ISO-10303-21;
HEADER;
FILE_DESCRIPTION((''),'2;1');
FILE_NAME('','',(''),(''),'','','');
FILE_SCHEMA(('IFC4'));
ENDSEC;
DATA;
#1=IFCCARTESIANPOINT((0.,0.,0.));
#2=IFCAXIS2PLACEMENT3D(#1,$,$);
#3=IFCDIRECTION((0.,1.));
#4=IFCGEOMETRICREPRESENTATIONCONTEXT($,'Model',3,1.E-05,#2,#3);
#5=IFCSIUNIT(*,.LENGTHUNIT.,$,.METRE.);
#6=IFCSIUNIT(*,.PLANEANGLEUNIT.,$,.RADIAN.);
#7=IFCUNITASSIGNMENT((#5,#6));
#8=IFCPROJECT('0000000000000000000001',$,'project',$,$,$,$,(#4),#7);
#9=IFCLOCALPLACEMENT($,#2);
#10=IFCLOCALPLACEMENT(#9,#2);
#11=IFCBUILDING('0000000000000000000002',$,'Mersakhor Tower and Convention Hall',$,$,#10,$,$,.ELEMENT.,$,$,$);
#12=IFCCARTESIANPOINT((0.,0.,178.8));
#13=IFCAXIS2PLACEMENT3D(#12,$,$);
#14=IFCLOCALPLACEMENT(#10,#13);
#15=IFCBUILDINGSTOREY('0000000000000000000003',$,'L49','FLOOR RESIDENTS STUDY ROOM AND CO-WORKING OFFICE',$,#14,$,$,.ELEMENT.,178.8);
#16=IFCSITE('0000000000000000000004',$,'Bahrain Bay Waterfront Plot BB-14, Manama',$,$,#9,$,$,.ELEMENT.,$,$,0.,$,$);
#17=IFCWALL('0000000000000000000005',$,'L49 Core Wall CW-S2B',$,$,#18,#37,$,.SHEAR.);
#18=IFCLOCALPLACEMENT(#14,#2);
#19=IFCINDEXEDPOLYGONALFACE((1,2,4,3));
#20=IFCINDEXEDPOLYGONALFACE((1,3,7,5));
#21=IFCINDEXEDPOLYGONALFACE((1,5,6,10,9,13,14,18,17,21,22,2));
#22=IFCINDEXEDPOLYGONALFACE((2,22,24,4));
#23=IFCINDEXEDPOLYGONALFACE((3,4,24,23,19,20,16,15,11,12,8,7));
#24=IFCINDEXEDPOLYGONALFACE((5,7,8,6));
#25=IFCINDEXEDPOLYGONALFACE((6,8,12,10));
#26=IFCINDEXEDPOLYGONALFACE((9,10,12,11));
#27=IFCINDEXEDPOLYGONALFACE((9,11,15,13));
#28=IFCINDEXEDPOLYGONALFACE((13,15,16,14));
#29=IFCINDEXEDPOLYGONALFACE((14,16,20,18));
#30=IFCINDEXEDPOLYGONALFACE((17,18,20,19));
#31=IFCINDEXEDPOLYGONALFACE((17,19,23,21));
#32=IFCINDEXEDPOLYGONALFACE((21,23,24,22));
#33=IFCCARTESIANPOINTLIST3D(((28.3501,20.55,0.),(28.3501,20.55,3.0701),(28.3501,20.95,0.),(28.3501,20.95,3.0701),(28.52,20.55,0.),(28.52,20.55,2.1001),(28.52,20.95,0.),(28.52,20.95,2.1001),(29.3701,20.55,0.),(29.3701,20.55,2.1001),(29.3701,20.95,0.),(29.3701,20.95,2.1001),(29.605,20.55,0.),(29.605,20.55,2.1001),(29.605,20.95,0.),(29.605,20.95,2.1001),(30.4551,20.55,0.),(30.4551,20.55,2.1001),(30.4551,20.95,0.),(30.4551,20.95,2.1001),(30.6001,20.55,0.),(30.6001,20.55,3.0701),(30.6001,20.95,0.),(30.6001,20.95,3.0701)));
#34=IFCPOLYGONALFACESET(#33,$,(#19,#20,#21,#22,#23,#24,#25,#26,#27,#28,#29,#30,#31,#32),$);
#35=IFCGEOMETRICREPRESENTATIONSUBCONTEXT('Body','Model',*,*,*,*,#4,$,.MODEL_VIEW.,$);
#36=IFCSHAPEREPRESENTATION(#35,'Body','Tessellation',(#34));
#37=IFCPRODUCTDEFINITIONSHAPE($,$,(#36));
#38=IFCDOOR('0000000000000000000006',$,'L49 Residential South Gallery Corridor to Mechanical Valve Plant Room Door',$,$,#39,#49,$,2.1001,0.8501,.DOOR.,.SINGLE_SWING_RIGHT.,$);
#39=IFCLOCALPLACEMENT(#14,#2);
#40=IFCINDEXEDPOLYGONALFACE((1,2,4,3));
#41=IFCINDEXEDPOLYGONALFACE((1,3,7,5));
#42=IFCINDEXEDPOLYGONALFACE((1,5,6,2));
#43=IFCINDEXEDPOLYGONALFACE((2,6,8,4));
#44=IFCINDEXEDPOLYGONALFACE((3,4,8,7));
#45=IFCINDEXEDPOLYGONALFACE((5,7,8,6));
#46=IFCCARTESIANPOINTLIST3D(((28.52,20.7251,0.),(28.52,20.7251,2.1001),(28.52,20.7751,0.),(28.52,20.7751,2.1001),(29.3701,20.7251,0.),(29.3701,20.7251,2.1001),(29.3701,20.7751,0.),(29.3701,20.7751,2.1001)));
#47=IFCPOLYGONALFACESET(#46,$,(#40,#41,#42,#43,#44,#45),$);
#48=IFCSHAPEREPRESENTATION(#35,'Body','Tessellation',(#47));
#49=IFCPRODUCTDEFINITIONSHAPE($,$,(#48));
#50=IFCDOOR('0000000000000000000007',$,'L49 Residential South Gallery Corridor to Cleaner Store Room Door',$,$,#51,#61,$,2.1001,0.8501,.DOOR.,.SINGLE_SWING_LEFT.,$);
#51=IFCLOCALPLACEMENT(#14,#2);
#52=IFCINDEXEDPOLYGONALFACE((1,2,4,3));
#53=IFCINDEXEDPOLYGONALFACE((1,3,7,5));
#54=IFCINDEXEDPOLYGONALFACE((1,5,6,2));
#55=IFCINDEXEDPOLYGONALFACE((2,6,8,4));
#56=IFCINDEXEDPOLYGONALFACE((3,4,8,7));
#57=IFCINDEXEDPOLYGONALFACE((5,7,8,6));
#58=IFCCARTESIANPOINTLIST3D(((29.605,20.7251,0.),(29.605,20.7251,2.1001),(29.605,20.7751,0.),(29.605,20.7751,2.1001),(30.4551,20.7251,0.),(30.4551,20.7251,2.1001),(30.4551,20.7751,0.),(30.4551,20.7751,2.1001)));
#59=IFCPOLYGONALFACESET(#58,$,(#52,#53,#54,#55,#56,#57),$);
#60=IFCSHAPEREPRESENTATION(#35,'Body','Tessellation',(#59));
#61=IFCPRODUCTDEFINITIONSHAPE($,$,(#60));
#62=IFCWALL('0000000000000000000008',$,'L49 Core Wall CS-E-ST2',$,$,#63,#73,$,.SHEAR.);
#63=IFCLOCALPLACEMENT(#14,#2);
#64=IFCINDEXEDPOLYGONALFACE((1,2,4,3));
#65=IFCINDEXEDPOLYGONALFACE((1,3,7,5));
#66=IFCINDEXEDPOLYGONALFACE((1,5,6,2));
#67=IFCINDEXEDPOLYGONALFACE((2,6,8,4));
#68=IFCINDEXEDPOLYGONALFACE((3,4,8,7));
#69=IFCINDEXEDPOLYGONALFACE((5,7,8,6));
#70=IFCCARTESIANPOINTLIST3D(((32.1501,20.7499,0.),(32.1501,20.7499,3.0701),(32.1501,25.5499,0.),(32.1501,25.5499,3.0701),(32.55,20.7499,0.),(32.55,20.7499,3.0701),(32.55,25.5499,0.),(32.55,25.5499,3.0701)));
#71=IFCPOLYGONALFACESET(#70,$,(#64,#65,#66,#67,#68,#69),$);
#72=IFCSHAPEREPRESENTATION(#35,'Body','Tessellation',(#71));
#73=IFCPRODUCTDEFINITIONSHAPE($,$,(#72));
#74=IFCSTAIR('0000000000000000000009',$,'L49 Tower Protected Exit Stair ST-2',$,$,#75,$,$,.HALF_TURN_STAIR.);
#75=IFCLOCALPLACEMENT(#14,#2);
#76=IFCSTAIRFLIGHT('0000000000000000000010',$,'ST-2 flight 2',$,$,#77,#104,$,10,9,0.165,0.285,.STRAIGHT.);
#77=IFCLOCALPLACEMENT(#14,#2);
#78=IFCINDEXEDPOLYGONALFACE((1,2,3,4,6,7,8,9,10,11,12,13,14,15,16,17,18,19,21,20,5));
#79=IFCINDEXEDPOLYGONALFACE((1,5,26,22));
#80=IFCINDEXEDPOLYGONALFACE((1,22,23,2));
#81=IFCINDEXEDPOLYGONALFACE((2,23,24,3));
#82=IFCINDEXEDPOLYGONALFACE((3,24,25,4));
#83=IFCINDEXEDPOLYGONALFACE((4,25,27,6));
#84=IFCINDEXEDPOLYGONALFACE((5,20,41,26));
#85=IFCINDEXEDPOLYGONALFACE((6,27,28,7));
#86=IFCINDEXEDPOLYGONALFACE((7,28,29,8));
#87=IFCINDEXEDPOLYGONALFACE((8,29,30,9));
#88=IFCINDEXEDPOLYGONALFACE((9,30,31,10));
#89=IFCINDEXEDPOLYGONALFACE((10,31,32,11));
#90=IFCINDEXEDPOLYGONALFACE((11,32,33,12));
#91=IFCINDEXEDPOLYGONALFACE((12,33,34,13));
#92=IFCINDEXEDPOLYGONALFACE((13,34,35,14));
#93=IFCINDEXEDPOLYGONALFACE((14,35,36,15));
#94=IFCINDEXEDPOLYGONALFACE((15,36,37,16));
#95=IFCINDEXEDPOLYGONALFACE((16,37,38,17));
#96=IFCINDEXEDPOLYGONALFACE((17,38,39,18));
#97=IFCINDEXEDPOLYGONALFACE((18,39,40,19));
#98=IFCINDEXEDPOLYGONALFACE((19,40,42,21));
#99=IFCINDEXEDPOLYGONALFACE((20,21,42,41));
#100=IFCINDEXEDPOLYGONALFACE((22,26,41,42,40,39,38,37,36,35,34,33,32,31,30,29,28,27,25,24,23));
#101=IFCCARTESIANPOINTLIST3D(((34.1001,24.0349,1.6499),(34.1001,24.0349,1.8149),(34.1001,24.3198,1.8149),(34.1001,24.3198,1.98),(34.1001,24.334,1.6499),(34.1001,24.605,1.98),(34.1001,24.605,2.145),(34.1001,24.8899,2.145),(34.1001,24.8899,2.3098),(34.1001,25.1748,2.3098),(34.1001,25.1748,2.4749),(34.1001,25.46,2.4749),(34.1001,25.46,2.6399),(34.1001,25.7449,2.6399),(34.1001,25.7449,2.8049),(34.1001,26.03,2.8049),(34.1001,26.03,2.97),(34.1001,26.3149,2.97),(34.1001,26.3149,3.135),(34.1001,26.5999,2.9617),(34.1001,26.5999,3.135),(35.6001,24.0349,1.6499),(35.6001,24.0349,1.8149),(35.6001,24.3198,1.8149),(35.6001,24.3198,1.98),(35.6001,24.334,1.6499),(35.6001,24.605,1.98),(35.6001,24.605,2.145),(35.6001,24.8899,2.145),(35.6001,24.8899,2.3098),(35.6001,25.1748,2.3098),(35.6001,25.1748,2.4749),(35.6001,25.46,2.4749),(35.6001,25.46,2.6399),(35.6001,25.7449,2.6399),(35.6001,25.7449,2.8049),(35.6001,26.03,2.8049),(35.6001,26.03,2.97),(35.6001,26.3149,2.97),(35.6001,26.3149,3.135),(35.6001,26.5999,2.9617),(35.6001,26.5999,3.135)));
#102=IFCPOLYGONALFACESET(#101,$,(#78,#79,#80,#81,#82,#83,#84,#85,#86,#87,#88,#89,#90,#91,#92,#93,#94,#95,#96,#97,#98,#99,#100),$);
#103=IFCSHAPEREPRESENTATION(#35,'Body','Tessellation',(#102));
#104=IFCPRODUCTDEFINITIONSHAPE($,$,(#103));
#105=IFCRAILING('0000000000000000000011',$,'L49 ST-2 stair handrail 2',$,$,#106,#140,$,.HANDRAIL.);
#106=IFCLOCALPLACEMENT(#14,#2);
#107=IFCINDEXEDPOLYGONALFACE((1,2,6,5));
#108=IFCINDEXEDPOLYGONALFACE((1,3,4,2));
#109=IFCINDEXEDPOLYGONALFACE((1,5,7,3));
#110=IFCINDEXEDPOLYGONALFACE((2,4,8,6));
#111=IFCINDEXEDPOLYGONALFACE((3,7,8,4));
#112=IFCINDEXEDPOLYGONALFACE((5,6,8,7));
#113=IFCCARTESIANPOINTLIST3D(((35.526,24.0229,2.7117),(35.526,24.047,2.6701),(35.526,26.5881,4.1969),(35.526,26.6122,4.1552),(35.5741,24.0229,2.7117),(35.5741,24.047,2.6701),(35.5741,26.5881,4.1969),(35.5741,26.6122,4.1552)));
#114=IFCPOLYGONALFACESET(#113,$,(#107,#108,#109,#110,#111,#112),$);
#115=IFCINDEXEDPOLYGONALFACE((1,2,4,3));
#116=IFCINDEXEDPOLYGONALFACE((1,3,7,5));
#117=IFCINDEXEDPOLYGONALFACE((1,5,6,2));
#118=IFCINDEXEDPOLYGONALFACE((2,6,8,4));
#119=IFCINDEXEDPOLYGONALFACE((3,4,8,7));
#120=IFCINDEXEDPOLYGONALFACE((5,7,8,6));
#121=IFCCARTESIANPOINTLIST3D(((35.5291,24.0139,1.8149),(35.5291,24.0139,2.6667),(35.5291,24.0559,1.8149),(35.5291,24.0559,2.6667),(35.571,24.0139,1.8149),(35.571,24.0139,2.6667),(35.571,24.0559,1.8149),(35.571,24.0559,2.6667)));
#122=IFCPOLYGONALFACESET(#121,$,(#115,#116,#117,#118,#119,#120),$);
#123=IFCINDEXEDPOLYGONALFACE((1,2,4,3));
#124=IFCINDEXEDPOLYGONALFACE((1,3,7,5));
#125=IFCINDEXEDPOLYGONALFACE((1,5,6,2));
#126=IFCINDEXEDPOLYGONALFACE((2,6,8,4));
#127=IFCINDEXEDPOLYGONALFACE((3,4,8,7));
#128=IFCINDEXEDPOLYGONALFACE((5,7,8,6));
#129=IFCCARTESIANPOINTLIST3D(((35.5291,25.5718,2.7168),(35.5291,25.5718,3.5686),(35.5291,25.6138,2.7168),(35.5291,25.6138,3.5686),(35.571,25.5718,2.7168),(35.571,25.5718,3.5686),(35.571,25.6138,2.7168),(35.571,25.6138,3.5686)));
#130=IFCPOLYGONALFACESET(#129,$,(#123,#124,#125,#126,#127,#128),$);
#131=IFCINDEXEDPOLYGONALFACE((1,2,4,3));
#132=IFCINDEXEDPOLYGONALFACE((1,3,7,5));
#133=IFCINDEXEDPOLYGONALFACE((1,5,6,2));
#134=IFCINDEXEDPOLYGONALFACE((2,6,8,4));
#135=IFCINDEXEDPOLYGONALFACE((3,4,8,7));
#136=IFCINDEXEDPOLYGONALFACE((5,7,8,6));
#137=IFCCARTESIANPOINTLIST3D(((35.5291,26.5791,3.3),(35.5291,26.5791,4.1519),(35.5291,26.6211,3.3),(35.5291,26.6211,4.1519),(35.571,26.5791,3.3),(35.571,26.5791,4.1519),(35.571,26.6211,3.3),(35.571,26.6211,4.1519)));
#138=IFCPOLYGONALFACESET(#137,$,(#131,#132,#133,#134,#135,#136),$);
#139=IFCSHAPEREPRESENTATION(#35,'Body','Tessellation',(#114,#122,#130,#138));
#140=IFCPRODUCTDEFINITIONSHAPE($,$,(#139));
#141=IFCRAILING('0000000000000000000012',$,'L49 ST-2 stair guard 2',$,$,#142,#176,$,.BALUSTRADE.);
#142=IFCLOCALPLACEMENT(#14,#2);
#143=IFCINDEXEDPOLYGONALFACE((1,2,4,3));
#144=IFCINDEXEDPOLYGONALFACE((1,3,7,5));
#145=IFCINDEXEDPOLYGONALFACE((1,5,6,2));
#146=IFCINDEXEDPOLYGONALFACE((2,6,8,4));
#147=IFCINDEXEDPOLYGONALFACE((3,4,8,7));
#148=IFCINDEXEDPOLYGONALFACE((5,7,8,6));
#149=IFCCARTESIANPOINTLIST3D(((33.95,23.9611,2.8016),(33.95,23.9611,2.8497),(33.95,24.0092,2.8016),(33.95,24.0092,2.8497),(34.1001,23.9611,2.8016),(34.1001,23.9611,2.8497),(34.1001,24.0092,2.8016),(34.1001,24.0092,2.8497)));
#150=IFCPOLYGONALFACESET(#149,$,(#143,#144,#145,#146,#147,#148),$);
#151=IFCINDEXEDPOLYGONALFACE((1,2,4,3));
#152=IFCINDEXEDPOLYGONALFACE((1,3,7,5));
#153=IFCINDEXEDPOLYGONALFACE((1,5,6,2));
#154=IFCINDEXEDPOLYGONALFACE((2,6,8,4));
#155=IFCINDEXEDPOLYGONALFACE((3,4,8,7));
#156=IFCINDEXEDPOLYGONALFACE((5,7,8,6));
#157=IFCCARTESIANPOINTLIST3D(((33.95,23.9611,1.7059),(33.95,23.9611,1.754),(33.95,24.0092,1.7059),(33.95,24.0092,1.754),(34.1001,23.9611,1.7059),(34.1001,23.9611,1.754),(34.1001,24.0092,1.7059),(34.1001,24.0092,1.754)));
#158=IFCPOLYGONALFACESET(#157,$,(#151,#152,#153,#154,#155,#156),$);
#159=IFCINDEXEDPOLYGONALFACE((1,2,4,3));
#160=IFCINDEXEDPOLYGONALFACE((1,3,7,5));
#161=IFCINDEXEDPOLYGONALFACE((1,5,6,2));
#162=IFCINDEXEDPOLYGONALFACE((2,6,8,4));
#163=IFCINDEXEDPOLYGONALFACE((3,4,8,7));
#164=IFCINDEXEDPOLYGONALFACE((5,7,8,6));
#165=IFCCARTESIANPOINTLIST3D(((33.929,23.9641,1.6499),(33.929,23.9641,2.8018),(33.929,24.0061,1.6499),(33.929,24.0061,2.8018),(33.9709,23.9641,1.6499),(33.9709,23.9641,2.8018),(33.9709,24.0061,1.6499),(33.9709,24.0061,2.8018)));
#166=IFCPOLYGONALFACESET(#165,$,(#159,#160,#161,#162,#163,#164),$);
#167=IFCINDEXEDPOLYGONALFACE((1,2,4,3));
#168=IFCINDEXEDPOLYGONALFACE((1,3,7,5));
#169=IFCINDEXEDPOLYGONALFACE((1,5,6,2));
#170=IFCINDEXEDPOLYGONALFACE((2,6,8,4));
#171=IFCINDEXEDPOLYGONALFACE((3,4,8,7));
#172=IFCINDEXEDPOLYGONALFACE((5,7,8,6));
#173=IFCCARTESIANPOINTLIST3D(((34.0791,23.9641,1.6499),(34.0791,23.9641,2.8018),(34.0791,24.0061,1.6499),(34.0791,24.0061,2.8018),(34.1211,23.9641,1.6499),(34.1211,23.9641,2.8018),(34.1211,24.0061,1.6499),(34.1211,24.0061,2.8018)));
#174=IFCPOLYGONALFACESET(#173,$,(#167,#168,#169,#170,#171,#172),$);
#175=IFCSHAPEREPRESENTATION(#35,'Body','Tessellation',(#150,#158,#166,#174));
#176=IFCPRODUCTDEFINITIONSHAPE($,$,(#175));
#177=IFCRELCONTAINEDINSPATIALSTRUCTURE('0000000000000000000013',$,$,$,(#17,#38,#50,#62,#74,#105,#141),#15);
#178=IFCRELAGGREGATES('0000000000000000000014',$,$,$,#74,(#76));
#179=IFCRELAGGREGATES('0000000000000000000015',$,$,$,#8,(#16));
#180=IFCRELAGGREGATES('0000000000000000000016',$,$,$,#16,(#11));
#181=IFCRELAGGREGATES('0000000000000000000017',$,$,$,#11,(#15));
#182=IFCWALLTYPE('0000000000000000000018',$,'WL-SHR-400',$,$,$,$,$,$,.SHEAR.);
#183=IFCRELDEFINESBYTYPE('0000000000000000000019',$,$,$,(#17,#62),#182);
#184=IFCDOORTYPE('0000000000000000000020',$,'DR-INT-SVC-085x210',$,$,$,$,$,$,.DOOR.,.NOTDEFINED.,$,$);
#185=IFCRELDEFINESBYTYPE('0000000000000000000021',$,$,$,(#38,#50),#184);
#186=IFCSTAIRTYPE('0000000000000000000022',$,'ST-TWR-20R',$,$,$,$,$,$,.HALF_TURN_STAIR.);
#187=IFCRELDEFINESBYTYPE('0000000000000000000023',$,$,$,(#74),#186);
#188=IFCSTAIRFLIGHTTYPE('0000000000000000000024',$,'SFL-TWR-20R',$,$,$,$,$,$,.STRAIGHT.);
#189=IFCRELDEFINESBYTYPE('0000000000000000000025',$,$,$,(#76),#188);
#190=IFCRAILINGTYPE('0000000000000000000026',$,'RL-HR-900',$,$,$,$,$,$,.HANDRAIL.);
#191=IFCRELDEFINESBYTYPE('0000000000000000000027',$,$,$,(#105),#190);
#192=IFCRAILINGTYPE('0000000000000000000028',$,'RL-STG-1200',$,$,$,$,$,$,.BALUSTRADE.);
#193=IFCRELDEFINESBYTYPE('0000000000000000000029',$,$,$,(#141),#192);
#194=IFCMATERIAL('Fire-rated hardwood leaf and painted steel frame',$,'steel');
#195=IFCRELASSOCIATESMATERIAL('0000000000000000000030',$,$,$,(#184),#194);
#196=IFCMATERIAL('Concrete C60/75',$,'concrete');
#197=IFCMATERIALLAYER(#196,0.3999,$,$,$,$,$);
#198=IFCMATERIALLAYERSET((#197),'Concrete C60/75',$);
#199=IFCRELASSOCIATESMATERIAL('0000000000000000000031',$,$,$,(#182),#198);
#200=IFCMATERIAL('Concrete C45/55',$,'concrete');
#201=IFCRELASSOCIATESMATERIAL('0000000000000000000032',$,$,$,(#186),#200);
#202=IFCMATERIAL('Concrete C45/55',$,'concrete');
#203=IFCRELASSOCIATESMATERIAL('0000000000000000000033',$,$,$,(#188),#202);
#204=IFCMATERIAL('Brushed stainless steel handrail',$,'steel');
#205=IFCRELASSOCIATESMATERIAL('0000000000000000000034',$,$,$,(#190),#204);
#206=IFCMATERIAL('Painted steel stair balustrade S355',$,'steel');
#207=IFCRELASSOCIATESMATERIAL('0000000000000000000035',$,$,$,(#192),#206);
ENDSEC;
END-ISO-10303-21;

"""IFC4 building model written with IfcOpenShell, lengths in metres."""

from ifc_helpers import new_model, si_unit, direction, frame, frame_2d, origin, origin_2d, place, context, subcontext, project, spatial, polyline, rectangle, outline, extrude, material, layer, layer_set, type_object, element, fill, aggregate, save


model = new_model("IFC4")

# Units and contexts
model_context = context("Model", 3, precision=1e-05, world=origin(), true_north=direction((0.0, 1.0)))
body_context = subcontext(model_context, "Body", "Model", "MODEL_VIEW")
ifc_project = project(units=[si_unit("LENGTHUNIT", "METRE"), si_unit("PLANEANGLEUNIT", "RADIAN")], contexts=[model_context])

# Site, building, storey
site_placement = place(None, origin())
site = spatial("IfcSite", under=ifc_project, at=site_placement, Name="Bahrain Bay Waterfront Plot BB-14, Manama", CompositionType="ELEMENT", RefElevation=0.0)
building_placement = place(site_placement, origin())
building = spatial("IfcBuilding", under=site, at=building_placement, Name="Mersakhor Tower and Convention Hall", CompositionType="ELEMENT")
storey_placement = place(building_placement, frame((0.0, 0.0, 178.8)))
storey = spatial("IfcBuildingStorey", under=building, at=storey_placement, Name="L49", Description="FLOOR RESIDENTS STUDY ROOM AND CO-WORKING OFFICE", CompositionType="ELEMENT", Elevation=178.8)

# Shared definitions
ifc_material_1 = material(Name="Fire-rated hardwood leaf and painted steel frame", Category="steel")
door_type_1 = type_object("IfcDoorType", Name="DR-INT-SVC-085x210", OperationType="NOTDEFINED", PredefinedType="DOOR", material=ifc_material_1)

# Shared definitions
ifc_material_2 = material(Name="Concrete C60/75", Category="concrete")
ifc_layer_1 = layer(ifc_material_2, 0.3999)
ifc_layer_set_1 = layer_set([ifc_layer_1], Name="Concrete C60/75")
wall_type_1 = type_object("IfcWallType", Name="WL-SHR-400", PredefinedType="SHEAR", material=ifc_layer_set_1)

# Wall, openings, doors
wall_1_placement = place(storey_placement, frame((30.6001, 20.75, 0.0), z_axis=(0.0, 0.0, 1.0), x_axis=(-1.0, 0.0, 0.0)))
wall_1 = element("IfcWall", 1, at=wall_1_placement, inside=storey, type_object=wall_type_1, Name="L49 Core Wall CW-S2B", PredefinedType="SHEAR", context=body_context, shape_type="SweptSolid", body=[
    extrude(rectangle(XDim=2.25, YDim=0.3999, at=frame_2d((1.125, 0.0))), origin(), (0.0, 0.0, 1.0), 3.0701),
])
opening_1_placement = place(wall_1_placement, frame((1.23, 0.0, 0.0)))
opening_1 = element("IfcOpeningElement", 2, at=opening_1_placement, cuts=wall_1, PredefinedType="OPENING", context=body_context, shape_type="SweptSolid", body=[
    extrude(rectangle(XDim=0.8501, YDim=2.1001, at=frame_2d((0.425, 1.05))), frame((0.0, 0.21, 0.0), z_axis=(0.0, -1.0, 0.0), x_axis=(1.0, 0.0, 0.0)), (0.0, 0.0, 1.0), 0.4199),
])
opening_2_placement = place(wall_1_placement, frame((0.145, 0.0, 0.0)))
opening_2 = element("IfcOpeningElement", 3, at=opening_2_placement, cuts=wall_1, PredefinedType="OPENING", context=body_context, shape_type="SweptSolid", body=[
    extrude(rectangle(XDim=0.8501, YDim=2.1001, at=frame_2d((0.425, 1.05))), frame((0.0, 0.21, 0.0), z_axis=(0.0, -1.0, 0.0), x_axis=(1.0, 0.0, 0.0)), (0.0, 0.0, 1.0), 0.4199),
])
door_1_placement = place(opening_1_placement, origin())
door_1 = element("IfcDoor", 4, at=door_1_placement, inside=storey, type_object=door_type_1, Name="L49 Residential South Gallery Corridor to Mechanical Valve Plant Room Door", OperationType="SINGLE_SWING_RIGHT", OverallHeight=2.1001, OverallWidth=0.8501, PredefinedType="DOOR", context=body_context, shape_type="SweptSolid", body=[
    extrude(rectangle(XDim=0.8501, YDim=2.1001, at=frame_2d((0.425, 1.05))), frame((0.0, 0.0249, 0.0), z_axis=(0.0, -1.0, 0.0), x_axis=(1.0, 0.0, 0.0)), (0.0, 0.0, 1.0), 0.05),
])
fill(opening_1, door_1)
door_2_placement = place(opening_2_placement, origin())
door_2 = element("IfcDoor", 5, at=door_2_placement, inside=storey, type_object=door_type_1, Name="L49 Residential South Gallery Corridor to Cleaner Store Room Door", OperationType="SINGLE_SWING_LEFT", OverallHeight=2.1001, OverallWidth=0.8501, PredefinedType="DOOR", context=body_context, shape_type="SweptSolid", body=[
    extrude(rectangle(XDim=0.8501, YDim=2.1001, at=frame_2d((0.425, 1.05))), frame((0.0, 0.0249, 0.0), z_axis=(0.0, -1.0, 0.0), x_axis=(1.0, 0.0, 0.0)), (0.0, 0.0, 1.0), 0.05),
])
fill(opening_2, door_2)

# Wall
wall_2_placement = place(storey_placement, frame((32.3501, 20.75, 0.0), z_axis=(0.0, 0.0, 1.0), x_axis=(0.0, 1.0, 0.0)))
element("IfcWall", 6, at=wall_2_placement, inside=storey, type_object=wall_type_1, Name="L49 Core Wall CS-E-ST2", PredefinedType="SHEAR", context=body_context, shape_type="SweptSolid", body=[
    extrude(rectangle(XDim=4.8, YDim=0.3999, at=frame_2d((2.3999, 0.0))), origin(), (0.0, 0.0, 1.0), 3.0701),
])

# Stair, stair flight
ifc_material_3 = material(Name="Concrete C45/55", Category="concrete")
stair_type = type_object("IfcStairType", Name="ST-TWR-20R", PredefinedType="HALF_TURN_STAIR", material=ifc_material_3)
stair_placement = place(storey_placement, origin())
stair = element("IfcStair", 7, at=stair_placement, inside=storey, type_object=stair_type, Name="L49 Tower Protected Exit Stair ST-2", PredefinedType="HALF_TURN_STAIR")
ifc_material_4 = material(Name="Concrete C45/55", Category="concrete")
stair_flight_type = type_object("IfcStairFlightType", Name="SFL-TWR-20R", PredefinedType="STRAIGHT", material=ifc_material_4)
stair_flight_placement = place(storey_placement, frame((34.8501, 24.0349, 1.6499), z_axis=(0.0, 0.0, 1.0), x_axis=(0.0, 1.0, 0.0)))
stair_flight = element("IfcStairFlight", 8, at=stair_flight_placement, type_object=stair_flight_type, Name="ST-2 flight 2", NumberOfRisers=10, NumberOfTreads=9, PredefinedType="STRAIGHT", RiserHeight=0.165, TreadLength=0.285, context=body_context, shape_type="SweptSolid", body=[
    extrude(outline(polyline([(0.0, 0.0), (0.0, 0.165), (0.2849, 0.165), (0.2849, 0.3301), (0.5701, 0.3301), (0.5701, 0.4951), (0.855, 0.4951), (0.855, 0.6599), (1.1399, 0.6599), (1.1399, 0.825), (1.425, 0.825), (1.425, 0.99), (1.71, 0.99), (1.71, 1.155), (1.9951, 1.155), (1.9951, 1.3201), (2.28, 1.3201), (2.28, 1.4851), (2.5649, 1.4851), (2.5649, 1.6499), (2.5649, 1.3118), (0.2991, 0.0), (0.0, 0.0)])), frame((0.0, 0.75, 0.0), z_axis=(0.0, -1.0, 0.0), x_axis=(1.0, 0.0, 0.0)), (0.0, 0.0, 1.0), 1.5),
])
aggregate(stair, [stair_flight])

# Railings
ifc_material_5 = material(Name="Brushed stainless steel handrail", Category="steel")
railing_type_1 = type_object("IfcRailingType", Name="RL-HR-900", PredefinedType="HANDRAIL", material=ifc_material_5)
railing_1_placement = place(storey_placement, frame((35.55, 24.0349, 1.8149)))
element("IfcRailing", 9, at=railing_1_placement, inside=storey, type_object=railing_type_1, Name="L49 ST-2 stair handrail 2", PredefinedType="HANDRAIL", context=body_context, shape_type="SweptSolid", body=[
    extrude(rectangle(XDim=0.0481, YDim=0.0481, at=origin_2d()), frame((0.0, 0.0, 0.876), z_axis=(0.0, 0.865426, 0.501036), x_axis=(-1.0, 0.0, 0.0)), (0.0, 0.0, 1.0), 2.9641),
    extrude(rectangle(XDim=0.042, YDim=0.042, at=origin_2d()), origin(), (0.0, 0.0, 1.0), 0.8518),
    extrude(rectangle(XDim=0.042, YDim=0.042, at=origin_2d()), frame((0.0, 1.5579, 0.9019)), (0.0, 0.0, 1.0), 0.8518),
    extrude(rectangle(XDim=0.042, YDim=0.042, at=origin_2d()), frame((0.0, 2.5652, 1.4851)), (0.0, 0.0, 1.0), 0.8518),
])
ifc_material_6 = material(Name="Painted steel stair balustrade S355", Category="steel")
railing_type_2 = type_object("IfcRailingType", Name="RL-STG-1200", PredefinedType="BALUSTRADE", material=ifc_material_6)
railing_2_placement = place(storey_placement, frame((33.95, 23.9851, 1.6499)))
element("IfcRailing", 10, at=railing_2_placement, inside=storey, type_object=railing_type_2, Name="L49 ST-2 stair guard 2", PredefinedType="BALUSTRADE", context=body_context, shape_type="SweptSolid", body=[
    extrude(rectangle(XDim=0.0481, YDim=0.0481, at=origin_2d()), frame((0.0, 0.0, 1.1758), z_axis=(1.0, 0.0, 0.0), x_axis=(0.0, 1.0, 0.0)), (0.0, 0.0, 1.0), 0.1501),
    extrude(rectangle(XDim=0.0481, YDim=0.0481, at=origin_2d()), frame((0.0, 0.0, 0.0801), z_axis=(1.0, 0.0, 0.0), x_axis=(0.0, 1.0, 0.0)), (0.0, 0.0, 1.0), 0.1501),
    extrude(rectangle(XDim=0.042, YDim=0.042, at=origin_2d()), origin(), (0.0, 0.0, 1.0), 1.1519),
    extrude(rectangle(XDim=0.042, YDim=0.042, at=origin_2d()), frame((0.1501, 0.0, 0.0)), (0.0, 0.0, 1.0), 1.1519),
])

save(model, "model.ifc")
